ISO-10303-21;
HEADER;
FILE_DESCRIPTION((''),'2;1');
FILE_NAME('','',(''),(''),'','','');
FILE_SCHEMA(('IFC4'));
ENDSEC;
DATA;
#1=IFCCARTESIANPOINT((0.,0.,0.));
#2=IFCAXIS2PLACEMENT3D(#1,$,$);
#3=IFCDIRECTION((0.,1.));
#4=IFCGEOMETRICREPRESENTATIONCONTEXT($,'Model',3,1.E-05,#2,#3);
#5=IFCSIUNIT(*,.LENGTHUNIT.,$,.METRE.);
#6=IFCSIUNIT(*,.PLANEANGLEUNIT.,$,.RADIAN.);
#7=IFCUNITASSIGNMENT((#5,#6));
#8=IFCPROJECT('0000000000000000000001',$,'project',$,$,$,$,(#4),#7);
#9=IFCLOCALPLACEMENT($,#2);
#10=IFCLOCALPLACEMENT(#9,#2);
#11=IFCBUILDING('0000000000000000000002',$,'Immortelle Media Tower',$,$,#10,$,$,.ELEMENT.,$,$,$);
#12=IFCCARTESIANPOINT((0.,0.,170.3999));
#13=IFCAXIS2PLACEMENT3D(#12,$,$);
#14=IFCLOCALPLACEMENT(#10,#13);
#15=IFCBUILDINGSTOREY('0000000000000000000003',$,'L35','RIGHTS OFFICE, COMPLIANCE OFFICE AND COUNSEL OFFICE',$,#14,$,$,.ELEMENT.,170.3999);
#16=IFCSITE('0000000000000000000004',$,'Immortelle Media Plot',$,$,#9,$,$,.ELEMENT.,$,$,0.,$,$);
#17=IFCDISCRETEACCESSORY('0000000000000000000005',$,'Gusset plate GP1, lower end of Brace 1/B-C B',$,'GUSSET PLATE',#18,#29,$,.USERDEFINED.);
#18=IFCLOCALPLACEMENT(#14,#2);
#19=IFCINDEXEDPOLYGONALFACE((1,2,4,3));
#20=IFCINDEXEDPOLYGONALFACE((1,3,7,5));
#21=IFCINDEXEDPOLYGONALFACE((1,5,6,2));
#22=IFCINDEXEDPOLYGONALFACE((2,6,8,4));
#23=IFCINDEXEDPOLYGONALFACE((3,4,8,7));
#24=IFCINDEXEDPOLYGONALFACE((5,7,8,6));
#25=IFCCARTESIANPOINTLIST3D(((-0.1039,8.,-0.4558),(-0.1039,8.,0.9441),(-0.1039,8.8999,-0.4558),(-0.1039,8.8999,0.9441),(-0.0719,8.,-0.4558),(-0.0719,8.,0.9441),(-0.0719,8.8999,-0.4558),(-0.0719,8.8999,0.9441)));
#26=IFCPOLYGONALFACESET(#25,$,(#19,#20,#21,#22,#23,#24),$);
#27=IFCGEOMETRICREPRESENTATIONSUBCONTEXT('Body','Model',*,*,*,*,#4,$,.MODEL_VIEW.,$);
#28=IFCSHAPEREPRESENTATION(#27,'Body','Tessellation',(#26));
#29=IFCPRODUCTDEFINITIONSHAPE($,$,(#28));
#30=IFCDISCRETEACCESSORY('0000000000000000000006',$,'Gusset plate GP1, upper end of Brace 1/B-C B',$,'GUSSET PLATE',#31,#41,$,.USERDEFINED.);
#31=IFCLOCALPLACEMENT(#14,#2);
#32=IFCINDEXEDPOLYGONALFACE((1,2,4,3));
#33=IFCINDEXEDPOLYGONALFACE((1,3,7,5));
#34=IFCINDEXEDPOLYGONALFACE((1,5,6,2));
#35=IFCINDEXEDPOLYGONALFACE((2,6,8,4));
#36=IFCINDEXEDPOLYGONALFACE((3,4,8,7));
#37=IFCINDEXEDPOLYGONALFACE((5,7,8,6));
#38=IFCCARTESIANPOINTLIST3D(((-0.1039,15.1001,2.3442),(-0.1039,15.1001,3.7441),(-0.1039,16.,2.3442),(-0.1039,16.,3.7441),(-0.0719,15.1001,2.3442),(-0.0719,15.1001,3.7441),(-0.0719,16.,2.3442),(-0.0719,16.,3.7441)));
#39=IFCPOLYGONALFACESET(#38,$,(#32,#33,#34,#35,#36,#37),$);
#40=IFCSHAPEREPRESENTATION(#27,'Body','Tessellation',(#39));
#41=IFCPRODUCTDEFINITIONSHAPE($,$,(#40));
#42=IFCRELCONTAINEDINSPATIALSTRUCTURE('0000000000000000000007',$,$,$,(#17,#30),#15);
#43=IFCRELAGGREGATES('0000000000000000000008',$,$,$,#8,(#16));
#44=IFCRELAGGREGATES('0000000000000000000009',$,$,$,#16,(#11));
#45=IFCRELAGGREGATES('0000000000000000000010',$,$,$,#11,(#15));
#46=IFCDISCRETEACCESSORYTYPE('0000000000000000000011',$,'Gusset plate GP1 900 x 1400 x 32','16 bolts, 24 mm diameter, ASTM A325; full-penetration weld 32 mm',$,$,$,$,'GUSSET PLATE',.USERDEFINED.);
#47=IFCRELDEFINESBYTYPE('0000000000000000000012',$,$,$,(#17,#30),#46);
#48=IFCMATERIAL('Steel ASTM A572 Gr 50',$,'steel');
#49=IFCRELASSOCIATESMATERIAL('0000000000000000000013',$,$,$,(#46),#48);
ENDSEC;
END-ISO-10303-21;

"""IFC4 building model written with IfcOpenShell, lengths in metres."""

from ifc_helpers import new_model, si_unit, direction, frame, origin, origin_2d, place, context, subcontext, project, spatial, rectangle, extrude, material, material_profile, profile_set, type_object, element, save


model = new_model("IFC4")

# Units and contexts
model_context = context("Model", 3, precision=1e-05, world=origin(), true_north=direction((0.0, 1.0)))
body_context = subcontext(model_context, "Body", "Model", "MODEL_VIEW")
ifc_project = project(units=[si_unit("LENGTHUNIT", "METRE"), si_unit("PLANEANGLEUNIT", "RADIAN")], contexts=[model_context])

# Site, building, storey
site_placement = place(None, origin())
site = spatial("IfcSite", under=ifc_project, at=site_placement, Name="Immortelle Media Plot", CompositionType="ELEMENT", RefElevation=0.0)
building_placement = place(site_placement, origin())
building = spatial("IfcBuilding", under=site, at=building_placement, Name="Immortelle Media Tower", CompositionType="ELEMENT")
storey_placement = place(building_placement, frame((0.0, 0.0, 170.3999)))
storey = spatial("IfcBuildingStorey", under=building, at=storey_placement, Name="L35", Description="RIGHTS OFFICE, COMPLIANCE OFFICE AND COUNSEL OFFICE", CompositionType="ELEMENT", Elevation=170.3999)

# Discrete accessories
ifc_material_1 = material(Name="Steel ASTM A572 Gr 50", Category="steel")
ifc_material_profile_1 = material_profile(ifc_material_1, rectangle(XDim=0.032, YDim=1.3999, at=origin_2d()), Name="PL 32 x 1400")
ifc_profile_set_1 = profile_set([ifc_material_profile_1], Name="Steel ASTM A572 Gr 50")
discrete_accessory_type_1 = type_object("IfcDiscreteAccessoryType", Name="Gusset plate GP1 900 x 1400 x 32", Description="16 bolts, 24 mm diameter, ASTM A325; full-penetration weld 32 mm", ElementType="GUSSET PLATE", PredefinedType="USERDEFINED", material=ifc_profile_set_1)
for number, where, z_axis, x_axis, name in (
    (1, (-0.0879, 8.0, 0.2441), (0.0, 1.0, 0.0), (-1.0, 0.0, 0.0), "Gusset plate GP1, lower end of Brace 1/B-C B"),
    (2, (-0.0879, 16.0, 3.0442), (0.0, -1.0, 0.0), (1.0, 0.0, 0.0), "Gusset plate GP1, upper end of Brace 1/B-C B"),
):
    element("IfcDiscreteAccessory", number, at=place(storey_placement, frame(where, z_axis=z_axis, x_axis=x_axis)), inside=storey, type_object=discrete_accessory_type_1, Name=name, ObjectType="GUSSET PLATE", PredefinedType="USERDEFINED", context=body_context, shape_type="SweptSolid", body=[
        extrude(rectangle(XDim=0.032, YDim=1.3999, at=origin_2d()), origin(), (0.0, 0.0, 1.0), 0.8999),
    ])

save(model, "model.ifc")
